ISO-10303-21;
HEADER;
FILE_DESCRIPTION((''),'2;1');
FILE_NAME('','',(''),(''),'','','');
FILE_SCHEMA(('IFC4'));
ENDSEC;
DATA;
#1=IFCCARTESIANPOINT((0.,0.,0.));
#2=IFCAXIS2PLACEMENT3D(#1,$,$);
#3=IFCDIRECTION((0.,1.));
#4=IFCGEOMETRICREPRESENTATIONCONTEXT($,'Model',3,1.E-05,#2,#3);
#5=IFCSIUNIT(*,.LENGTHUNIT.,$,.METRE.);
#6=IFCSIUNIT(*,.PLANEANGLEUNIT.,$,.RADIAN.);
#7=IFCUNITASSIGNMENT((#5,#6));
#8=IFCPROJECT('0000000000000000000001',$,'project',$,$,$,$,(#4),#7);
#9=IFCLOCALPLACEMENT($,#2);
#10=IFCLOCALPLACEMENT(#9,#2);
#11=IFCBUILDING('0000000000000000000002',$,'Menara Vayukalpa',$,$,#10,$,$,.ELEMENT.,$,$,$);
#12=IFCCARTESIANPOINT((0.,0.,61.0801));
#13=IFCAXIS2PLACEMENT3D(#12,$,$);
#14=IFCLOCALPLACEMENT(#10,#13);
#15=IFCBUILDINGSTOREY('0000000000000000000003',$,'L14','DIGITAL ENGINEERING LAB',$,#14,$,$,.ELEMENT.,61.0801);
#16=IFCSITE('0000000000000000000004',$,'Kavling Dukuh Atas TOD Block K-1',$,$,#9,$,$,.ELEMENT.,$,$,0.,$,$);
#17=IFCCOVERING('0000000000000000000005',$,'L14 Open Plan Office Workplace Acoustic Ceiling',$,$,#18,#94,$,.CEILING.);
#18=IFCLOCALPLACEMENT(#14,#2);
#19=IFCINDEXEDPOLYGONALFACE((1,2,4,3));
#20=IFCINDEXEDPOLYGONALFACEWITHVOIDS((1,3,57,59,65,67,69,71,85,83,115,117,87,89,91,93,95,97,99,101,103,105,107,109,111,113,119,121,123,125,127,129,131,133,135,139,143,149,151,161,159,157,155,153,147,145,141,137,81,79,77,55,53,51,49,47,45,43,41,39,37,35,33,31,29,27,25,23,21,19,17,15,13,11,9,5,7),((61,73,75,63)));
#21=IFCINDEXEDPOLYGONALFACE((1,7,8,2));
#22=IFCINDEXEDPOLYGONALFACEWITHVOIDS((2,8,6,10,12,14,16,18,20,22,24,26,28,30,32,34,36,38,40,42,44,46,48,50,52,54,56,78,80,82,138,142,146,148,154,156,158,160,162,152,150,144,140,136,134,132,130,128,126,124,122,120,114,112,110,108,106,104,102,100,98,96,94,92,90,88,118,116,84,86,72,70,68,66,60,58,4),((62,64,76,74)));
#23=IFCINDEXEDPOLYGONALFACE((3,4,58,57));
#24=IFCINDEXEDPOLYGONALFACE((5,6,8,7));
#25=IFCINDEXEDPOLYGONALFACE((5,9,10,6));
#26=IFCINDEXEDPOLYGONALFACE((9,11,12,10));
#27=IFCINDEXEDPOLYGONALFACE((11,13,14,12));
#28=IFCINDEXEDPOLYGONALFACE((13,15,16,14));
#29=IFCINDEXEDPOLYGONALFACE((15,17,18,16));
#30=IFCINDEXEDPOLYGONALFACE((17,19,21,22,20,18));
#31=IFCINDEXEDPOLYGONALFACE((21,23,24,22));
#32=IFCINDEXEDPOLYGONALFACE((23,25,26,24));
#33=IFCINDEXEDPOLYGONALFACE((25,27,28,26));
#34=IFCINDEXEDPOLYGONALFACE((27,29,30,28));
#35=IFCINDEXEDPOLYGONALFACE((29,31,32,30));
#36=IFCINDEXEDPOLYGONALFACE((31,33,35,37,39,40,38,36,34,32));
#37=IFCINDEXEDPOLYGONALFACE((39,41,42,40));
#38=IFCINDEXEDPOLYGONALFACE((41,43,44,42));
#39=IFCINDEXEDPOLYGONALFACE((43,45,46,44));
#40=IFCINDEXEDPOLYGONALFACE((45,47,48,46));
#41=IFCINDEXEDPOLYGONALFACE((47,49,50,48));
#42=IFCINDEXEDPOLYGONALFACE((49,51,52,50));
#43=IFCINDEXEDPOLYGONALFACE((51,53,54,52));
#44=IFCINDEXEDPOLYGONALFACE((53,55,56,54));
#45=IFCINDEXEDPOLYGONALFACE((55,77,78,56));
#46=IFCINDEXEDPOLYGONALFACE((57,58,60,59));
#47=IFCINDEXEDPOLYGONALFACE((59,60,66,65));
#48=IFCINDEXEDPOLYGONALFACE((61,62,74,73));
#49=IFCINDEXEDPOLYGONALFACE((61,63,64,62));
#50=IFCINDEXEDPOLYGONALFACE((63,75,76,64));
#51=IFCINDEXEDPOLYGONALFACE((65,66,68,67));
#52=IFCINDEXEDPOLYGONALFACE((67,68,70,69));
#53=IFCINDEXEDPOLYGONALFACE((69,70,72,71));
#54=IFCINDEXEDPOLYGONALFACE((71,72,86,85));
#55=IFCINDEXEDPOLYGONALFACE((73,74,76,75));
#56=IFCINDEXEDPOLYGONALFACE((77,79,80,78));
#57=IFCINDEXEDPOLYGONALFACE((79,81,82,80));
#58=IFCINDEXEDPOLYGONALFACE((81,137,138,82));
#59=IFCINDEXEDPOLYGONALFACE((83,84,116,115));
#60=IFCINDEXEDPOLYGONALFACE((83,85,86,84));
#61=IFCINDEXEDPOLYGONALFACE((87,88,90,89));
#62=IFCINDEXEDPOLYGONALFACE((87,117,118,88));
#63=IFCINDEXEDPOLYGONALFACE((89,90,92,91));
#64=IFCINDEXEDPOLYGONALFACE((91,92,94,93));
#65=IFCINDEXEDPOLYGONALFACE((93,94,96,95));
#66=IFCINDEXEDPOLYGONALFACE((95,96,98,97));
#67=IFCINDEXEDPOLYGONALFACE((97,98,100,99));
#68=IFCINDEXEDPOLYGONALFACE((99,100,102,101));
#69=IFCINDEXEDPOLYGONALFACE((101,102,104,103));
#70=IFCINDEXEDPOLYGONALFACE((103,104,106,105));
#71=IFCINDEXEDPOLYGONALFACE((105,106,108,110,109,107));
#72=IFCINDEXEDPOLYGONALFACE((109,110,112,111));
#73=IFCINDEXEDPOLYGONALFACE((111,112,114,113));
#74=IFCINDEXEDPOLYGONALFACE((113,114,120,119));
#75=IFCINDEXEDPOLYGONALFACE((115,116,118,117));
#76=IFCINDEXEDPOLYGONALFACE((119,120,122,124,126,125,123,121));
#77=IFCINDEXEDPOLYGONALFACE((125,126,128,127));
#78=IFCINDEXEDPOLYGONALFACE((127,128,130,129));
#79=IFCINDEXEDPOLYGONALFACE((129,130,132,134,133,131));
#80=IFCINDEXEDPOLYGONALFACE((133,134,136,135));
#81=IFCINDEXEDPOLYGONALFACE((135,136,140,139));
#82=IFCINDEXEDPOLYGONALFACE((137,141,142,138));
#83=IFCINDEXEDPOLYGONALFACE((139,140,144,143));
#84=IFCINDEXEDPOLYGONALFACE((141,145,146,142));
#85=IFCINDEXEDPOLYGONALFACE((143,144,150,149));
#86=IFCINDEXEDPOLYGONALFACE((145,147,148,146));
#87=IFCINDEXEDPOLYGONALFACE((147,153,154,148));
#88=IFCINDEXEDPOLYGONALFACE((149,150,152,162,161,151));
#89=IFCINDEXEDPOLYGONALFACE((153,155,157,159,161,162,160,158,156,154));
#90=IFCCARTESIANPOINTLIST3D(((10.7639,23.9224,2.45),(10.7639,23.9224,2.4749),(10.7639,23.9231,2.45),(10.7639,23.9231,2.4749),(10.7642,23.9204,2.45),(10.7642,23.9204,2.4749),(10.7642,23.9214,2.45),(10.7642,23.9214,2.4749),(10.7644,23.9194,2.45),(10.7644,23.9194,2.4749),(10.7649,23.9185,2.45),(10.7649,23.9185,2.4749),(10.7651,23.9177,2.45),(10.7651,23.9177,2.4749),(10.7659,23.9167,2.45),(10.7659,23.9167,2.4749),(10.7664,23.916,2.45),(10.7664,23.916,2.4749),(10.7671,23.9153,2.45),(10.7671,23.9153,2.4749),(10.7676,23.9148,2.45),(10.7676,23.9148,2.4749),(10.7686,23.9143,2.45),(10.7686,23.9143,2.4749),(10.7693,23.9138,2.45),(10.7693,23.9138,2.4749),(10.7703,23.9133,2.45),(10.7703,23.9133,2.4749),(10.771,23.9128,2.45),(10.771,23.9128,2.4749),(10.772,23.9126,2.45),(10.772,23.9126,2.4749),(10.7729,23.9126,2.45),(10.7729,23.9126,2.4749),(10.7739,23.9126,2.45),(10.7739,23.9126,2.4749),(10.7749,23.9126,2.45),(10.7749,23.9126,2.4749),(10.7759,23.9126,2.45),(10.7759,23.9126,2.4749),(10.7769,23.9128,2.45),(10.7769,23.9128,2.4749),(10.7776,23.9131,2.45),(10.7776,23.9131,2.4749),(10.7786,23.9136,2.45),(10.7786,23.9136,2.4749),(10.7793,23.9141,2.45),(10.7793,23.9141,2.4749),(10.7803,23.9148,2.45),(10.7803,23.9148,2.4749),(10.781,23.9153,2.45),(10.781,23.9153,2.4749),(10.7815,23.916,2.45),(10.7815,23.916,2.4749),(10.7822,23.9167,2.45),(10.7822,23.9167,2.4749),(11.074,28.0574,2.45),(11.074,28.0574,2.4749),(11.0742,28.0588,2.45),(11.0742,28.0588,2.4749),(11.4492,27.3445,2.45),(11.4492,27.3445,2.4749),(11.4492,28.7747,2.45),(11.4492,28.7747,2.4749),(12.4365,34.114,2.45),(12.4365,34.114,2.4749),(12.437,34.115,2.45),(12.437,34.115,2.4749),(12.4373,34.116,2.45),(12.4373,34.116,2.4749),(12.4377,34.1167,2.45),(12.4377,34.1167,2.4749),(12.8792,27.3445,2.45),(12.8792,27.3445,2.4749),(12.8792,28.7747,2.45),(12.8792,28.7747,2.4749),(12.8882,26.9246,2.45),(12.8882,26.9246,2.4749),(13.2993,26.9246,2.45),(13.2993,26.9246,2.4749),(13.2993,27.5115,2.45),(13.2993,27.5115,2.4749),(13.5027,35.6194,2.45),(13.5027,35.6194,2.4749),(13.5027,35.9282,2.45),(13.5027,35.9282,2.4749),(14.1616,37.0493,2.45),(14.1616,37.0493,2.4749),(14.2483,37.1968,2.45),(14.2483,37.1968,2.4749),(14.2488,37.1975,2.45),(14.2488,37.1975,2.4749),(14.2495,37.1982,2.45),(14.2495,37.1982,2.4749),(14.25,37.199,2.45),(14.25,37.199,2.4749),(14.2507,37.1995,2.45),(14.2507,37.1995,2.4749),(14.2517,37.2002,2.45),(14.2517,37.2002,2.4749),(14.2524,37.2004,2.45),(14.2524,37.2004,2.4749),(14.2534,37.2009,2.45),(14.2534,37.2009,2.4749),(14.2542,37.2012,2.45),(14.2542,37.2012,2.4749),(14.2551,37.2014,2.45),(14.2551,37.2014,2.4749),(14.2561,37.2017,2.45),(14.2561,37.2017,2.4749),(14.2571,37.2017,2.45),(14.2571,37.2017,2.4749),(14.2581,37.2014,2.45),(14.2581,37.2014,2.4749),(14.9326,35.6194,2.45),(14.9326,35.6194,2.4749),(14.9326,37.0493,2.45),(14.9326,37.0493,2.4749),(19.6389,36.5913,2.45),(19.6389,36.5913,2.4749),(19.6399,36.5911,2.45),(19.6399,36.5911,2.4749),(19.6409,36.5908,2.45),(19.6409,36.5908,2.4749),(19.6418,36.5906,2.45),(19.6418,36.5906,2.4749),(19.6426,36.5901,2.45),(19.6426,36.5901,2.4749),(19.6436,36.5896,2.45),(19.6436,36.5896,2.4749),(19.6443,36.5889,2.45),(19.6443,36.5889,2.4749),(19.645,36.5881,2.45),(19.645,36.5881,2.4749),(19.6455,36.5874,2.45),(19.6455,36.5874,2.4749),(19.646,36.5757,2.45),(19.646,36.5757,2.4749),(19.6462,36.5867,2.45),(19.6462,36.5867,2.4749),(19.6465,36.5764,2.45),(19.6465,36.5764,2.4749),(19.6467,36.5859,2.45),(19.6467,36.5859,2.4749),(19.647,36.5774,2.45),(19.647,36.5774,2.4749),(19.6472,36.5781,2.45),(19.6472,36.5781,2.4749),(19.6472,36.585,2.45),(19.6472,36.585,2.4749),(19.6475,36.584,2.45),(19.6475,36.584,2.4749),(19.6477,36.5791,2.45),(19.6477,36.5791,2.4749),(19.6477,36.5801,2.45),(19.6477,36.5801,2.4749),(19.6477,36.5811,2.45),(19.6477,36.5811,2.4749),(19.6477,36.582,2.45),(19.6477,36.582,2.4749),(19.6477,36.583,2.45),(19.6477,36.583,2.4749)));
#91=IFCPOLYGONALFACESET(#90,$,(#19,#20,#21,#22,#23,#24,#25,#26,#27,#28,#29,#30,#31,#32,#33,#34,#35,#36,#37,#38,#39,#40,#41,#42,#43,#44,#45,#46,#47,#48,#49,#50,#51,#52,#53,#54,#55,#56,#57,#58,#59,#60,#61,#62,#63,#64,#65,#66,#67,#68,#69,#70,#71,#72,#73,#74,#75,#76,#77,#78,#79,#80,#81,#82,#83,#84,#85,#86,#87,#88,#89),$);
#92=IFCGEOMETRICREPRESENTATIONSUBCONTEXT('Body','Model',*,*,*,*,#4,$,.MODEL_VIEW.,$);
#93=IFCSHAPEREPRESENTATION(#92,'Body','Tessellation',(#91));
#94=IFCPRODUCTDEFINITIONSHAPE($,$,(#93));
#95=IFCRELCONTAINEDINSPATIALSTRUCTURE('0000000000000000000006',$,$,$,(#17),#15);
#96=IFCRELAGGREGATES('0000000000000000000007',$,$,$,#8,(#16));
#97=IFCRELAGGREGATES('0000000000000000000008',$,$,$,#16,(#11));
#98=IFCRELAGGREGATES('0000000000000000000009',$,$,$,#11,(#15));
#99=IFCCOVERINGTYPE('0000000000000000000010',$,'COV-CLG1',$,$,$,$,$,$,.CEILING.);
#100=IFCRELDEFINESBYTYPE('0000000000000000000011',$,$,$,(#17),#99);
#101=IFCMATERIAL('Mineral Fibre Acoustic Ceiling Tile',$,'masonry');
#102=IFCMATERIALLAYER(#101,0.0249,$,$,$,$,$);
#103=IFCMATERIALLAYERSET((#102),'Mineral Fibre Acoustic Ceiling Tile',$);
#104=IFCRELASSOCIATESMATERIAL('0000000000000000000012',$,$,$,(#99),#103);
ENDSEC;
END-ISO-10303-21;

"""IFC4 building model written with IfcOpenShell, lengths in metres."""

from ifc_helpers import new_model, si_unit, direction, frame, origin, place, context, subcontext, project, spatial, polyline, outline, extrude, material, layer, layer_set, type_object, element, save


model = new_model("IFC4")

# Units and contexts
model_context = context("Model", 3, precision=1e-05, world=origin(), true_north=direction((0.0, 1.0)))
body_context = subcontext(model_context, "Body", "Model", "MODEL_VIEW")
ifc_project = project(units=[si_unit("LENGTHUNIT", "METRE"), si_unit("PLANEANGLEUNIT", "RADIAN")], contexts=[model_context])

# Site, building, storey
site_placement = place(None, origin())
site = spatial("IfcSite", under=ifc_project, at=site_placement, Name="Kavling Dukuh Atas TOD Block K-1", CompositionType="ELEMENT", RefElevation=0.0)
building_placement = place(site_placement, origin())
building = spatial("IfcBuilding", under=site, at=building_placement, Name="Menara Vayukalpa", CompositionType="ELEMENT")
storey_placement = place(building_placement, frame((0.0, 0.0, 61.0801)))
storey = spatial("IfcBuildingStorey", under=building, at=storey_placement, Name="L14", Description="DIGITAL ENGINEERING LAB", CompositionType="ELEMENT", Elevation=61.0801)

# Covering
ifc_material_1 = material(Name="Mineral Fibre Acoustic Ceiling Tile", Category="masonry")
ifc_layer_1 = layer(ifc_material_1, 0.0249)
ifc_layer_set_1 = layer_set([ifc_layer_1], Name="Mineral Fibre Acoustic Ceiling Tile")
covering_type_1 = type_object("IfcCoveringType", Name="COV-CLG1", PredefinedType="CEILING", material=ifc_layer_set_1)
covering_1_placement = place(storey_placement, frame((0.0, 0.0, 2.45)))
element("IfcCovering", 1, at=covering_1_placement, inside=storey, type_object=covering_type_1, Name="L14 Open Plan Office Workplace Acoustic Ceiling", PredefinedType="CEILING", context=body_context, shape_type="SweptSolid", body=[
    extrude(outline(polyline([(12.8882, 26.9246), (10.7822, 23.9167), (10.7815, 23.916), (10.781, 23.9153), (10.7803, 23.9148), (10.7793, 23.9141), (10.7786, 23.9136), (10.7776, 23.9131), (10.7769, 23.9128), (10.7759, 23.9126), (10.7749, 23.9126), (10.7739, 23.9126), (10.7729, 23.9126), (10.772, 23.9126), (10.771, 23.9128), (10.7703, 23.9133), (10.7693, 23.9138), (10.7686, 23.9143), (10.7676, 23.9148), (10.7671, 23.9153), (10.7664, 23.916), (10.7659, 23.9167), (10.7651, 23.9177), (10.7649, 23.9185), (10.7644, 23.9194), (10.7642, 23.9204), (10.7642, 23.9214), (10.7639, 23.9224), (10.7639, 23.9231), (11.074, 28.0574), (11.0742, 28.0588), (12.4365, 34.114), (12.437, 34.115), (12.4373, 34.116), (12.4377, 34.1167), (13.5027, 35.9282), (13.5027, 35.6194), (14.9326, 35.6194), (14.9326, 37.0493), (14.1616, 37.0493), (14.2483, 37.1968), (14.2488, 37.1975), (14.2495, 37.1982), (14.25, 37.199), (14.2507, 37.1995), (14.2517, 37.2002), (14.2524, 37.2004), (14.2534, 37.2009), (14.2542, 37.2012), (14.2551, 37.2014), (14.2561, 37.2017), (14.2571, 37.2017), (14.2581, 37.2014), (19.6389, 36.5913), (19.6399, 36.5911), (19.6409, 36.5908), (19.6418, 36.5906), (19.6426, 36.5901), (19.6436, 36.5896), (19.6443, 36.5889), (19.645, 36.5881), (19.6455, 36.5874), (19.6462, 36.5867), (19.6467, 36.5859), (19.6472, 36.585), (19.6475, 36.584), (19.6477, 36.583), (19.6477, 36.582), (19.6477, 36.5811), (19.6477, 36.5801), (19.6477, 36.5791), (19.6472, 36.5781), (19.647, 36.5774), (19.6465, 36.5764), (19.646, 36.5757), (13.2993, 27.5115), (13.2993, 26.9246), (12.8882, 26.9246)]), holes=[polyline([(12.8792, 28.7747), (11.4492, 28.7747), (11.4492, 27.3445), (12.8792, 27.3445), (12.8792, 28.7747)])]), origin(), (0.0, 0.0, 1.0), 0.0249),
])

save(model, "model.ifc")
